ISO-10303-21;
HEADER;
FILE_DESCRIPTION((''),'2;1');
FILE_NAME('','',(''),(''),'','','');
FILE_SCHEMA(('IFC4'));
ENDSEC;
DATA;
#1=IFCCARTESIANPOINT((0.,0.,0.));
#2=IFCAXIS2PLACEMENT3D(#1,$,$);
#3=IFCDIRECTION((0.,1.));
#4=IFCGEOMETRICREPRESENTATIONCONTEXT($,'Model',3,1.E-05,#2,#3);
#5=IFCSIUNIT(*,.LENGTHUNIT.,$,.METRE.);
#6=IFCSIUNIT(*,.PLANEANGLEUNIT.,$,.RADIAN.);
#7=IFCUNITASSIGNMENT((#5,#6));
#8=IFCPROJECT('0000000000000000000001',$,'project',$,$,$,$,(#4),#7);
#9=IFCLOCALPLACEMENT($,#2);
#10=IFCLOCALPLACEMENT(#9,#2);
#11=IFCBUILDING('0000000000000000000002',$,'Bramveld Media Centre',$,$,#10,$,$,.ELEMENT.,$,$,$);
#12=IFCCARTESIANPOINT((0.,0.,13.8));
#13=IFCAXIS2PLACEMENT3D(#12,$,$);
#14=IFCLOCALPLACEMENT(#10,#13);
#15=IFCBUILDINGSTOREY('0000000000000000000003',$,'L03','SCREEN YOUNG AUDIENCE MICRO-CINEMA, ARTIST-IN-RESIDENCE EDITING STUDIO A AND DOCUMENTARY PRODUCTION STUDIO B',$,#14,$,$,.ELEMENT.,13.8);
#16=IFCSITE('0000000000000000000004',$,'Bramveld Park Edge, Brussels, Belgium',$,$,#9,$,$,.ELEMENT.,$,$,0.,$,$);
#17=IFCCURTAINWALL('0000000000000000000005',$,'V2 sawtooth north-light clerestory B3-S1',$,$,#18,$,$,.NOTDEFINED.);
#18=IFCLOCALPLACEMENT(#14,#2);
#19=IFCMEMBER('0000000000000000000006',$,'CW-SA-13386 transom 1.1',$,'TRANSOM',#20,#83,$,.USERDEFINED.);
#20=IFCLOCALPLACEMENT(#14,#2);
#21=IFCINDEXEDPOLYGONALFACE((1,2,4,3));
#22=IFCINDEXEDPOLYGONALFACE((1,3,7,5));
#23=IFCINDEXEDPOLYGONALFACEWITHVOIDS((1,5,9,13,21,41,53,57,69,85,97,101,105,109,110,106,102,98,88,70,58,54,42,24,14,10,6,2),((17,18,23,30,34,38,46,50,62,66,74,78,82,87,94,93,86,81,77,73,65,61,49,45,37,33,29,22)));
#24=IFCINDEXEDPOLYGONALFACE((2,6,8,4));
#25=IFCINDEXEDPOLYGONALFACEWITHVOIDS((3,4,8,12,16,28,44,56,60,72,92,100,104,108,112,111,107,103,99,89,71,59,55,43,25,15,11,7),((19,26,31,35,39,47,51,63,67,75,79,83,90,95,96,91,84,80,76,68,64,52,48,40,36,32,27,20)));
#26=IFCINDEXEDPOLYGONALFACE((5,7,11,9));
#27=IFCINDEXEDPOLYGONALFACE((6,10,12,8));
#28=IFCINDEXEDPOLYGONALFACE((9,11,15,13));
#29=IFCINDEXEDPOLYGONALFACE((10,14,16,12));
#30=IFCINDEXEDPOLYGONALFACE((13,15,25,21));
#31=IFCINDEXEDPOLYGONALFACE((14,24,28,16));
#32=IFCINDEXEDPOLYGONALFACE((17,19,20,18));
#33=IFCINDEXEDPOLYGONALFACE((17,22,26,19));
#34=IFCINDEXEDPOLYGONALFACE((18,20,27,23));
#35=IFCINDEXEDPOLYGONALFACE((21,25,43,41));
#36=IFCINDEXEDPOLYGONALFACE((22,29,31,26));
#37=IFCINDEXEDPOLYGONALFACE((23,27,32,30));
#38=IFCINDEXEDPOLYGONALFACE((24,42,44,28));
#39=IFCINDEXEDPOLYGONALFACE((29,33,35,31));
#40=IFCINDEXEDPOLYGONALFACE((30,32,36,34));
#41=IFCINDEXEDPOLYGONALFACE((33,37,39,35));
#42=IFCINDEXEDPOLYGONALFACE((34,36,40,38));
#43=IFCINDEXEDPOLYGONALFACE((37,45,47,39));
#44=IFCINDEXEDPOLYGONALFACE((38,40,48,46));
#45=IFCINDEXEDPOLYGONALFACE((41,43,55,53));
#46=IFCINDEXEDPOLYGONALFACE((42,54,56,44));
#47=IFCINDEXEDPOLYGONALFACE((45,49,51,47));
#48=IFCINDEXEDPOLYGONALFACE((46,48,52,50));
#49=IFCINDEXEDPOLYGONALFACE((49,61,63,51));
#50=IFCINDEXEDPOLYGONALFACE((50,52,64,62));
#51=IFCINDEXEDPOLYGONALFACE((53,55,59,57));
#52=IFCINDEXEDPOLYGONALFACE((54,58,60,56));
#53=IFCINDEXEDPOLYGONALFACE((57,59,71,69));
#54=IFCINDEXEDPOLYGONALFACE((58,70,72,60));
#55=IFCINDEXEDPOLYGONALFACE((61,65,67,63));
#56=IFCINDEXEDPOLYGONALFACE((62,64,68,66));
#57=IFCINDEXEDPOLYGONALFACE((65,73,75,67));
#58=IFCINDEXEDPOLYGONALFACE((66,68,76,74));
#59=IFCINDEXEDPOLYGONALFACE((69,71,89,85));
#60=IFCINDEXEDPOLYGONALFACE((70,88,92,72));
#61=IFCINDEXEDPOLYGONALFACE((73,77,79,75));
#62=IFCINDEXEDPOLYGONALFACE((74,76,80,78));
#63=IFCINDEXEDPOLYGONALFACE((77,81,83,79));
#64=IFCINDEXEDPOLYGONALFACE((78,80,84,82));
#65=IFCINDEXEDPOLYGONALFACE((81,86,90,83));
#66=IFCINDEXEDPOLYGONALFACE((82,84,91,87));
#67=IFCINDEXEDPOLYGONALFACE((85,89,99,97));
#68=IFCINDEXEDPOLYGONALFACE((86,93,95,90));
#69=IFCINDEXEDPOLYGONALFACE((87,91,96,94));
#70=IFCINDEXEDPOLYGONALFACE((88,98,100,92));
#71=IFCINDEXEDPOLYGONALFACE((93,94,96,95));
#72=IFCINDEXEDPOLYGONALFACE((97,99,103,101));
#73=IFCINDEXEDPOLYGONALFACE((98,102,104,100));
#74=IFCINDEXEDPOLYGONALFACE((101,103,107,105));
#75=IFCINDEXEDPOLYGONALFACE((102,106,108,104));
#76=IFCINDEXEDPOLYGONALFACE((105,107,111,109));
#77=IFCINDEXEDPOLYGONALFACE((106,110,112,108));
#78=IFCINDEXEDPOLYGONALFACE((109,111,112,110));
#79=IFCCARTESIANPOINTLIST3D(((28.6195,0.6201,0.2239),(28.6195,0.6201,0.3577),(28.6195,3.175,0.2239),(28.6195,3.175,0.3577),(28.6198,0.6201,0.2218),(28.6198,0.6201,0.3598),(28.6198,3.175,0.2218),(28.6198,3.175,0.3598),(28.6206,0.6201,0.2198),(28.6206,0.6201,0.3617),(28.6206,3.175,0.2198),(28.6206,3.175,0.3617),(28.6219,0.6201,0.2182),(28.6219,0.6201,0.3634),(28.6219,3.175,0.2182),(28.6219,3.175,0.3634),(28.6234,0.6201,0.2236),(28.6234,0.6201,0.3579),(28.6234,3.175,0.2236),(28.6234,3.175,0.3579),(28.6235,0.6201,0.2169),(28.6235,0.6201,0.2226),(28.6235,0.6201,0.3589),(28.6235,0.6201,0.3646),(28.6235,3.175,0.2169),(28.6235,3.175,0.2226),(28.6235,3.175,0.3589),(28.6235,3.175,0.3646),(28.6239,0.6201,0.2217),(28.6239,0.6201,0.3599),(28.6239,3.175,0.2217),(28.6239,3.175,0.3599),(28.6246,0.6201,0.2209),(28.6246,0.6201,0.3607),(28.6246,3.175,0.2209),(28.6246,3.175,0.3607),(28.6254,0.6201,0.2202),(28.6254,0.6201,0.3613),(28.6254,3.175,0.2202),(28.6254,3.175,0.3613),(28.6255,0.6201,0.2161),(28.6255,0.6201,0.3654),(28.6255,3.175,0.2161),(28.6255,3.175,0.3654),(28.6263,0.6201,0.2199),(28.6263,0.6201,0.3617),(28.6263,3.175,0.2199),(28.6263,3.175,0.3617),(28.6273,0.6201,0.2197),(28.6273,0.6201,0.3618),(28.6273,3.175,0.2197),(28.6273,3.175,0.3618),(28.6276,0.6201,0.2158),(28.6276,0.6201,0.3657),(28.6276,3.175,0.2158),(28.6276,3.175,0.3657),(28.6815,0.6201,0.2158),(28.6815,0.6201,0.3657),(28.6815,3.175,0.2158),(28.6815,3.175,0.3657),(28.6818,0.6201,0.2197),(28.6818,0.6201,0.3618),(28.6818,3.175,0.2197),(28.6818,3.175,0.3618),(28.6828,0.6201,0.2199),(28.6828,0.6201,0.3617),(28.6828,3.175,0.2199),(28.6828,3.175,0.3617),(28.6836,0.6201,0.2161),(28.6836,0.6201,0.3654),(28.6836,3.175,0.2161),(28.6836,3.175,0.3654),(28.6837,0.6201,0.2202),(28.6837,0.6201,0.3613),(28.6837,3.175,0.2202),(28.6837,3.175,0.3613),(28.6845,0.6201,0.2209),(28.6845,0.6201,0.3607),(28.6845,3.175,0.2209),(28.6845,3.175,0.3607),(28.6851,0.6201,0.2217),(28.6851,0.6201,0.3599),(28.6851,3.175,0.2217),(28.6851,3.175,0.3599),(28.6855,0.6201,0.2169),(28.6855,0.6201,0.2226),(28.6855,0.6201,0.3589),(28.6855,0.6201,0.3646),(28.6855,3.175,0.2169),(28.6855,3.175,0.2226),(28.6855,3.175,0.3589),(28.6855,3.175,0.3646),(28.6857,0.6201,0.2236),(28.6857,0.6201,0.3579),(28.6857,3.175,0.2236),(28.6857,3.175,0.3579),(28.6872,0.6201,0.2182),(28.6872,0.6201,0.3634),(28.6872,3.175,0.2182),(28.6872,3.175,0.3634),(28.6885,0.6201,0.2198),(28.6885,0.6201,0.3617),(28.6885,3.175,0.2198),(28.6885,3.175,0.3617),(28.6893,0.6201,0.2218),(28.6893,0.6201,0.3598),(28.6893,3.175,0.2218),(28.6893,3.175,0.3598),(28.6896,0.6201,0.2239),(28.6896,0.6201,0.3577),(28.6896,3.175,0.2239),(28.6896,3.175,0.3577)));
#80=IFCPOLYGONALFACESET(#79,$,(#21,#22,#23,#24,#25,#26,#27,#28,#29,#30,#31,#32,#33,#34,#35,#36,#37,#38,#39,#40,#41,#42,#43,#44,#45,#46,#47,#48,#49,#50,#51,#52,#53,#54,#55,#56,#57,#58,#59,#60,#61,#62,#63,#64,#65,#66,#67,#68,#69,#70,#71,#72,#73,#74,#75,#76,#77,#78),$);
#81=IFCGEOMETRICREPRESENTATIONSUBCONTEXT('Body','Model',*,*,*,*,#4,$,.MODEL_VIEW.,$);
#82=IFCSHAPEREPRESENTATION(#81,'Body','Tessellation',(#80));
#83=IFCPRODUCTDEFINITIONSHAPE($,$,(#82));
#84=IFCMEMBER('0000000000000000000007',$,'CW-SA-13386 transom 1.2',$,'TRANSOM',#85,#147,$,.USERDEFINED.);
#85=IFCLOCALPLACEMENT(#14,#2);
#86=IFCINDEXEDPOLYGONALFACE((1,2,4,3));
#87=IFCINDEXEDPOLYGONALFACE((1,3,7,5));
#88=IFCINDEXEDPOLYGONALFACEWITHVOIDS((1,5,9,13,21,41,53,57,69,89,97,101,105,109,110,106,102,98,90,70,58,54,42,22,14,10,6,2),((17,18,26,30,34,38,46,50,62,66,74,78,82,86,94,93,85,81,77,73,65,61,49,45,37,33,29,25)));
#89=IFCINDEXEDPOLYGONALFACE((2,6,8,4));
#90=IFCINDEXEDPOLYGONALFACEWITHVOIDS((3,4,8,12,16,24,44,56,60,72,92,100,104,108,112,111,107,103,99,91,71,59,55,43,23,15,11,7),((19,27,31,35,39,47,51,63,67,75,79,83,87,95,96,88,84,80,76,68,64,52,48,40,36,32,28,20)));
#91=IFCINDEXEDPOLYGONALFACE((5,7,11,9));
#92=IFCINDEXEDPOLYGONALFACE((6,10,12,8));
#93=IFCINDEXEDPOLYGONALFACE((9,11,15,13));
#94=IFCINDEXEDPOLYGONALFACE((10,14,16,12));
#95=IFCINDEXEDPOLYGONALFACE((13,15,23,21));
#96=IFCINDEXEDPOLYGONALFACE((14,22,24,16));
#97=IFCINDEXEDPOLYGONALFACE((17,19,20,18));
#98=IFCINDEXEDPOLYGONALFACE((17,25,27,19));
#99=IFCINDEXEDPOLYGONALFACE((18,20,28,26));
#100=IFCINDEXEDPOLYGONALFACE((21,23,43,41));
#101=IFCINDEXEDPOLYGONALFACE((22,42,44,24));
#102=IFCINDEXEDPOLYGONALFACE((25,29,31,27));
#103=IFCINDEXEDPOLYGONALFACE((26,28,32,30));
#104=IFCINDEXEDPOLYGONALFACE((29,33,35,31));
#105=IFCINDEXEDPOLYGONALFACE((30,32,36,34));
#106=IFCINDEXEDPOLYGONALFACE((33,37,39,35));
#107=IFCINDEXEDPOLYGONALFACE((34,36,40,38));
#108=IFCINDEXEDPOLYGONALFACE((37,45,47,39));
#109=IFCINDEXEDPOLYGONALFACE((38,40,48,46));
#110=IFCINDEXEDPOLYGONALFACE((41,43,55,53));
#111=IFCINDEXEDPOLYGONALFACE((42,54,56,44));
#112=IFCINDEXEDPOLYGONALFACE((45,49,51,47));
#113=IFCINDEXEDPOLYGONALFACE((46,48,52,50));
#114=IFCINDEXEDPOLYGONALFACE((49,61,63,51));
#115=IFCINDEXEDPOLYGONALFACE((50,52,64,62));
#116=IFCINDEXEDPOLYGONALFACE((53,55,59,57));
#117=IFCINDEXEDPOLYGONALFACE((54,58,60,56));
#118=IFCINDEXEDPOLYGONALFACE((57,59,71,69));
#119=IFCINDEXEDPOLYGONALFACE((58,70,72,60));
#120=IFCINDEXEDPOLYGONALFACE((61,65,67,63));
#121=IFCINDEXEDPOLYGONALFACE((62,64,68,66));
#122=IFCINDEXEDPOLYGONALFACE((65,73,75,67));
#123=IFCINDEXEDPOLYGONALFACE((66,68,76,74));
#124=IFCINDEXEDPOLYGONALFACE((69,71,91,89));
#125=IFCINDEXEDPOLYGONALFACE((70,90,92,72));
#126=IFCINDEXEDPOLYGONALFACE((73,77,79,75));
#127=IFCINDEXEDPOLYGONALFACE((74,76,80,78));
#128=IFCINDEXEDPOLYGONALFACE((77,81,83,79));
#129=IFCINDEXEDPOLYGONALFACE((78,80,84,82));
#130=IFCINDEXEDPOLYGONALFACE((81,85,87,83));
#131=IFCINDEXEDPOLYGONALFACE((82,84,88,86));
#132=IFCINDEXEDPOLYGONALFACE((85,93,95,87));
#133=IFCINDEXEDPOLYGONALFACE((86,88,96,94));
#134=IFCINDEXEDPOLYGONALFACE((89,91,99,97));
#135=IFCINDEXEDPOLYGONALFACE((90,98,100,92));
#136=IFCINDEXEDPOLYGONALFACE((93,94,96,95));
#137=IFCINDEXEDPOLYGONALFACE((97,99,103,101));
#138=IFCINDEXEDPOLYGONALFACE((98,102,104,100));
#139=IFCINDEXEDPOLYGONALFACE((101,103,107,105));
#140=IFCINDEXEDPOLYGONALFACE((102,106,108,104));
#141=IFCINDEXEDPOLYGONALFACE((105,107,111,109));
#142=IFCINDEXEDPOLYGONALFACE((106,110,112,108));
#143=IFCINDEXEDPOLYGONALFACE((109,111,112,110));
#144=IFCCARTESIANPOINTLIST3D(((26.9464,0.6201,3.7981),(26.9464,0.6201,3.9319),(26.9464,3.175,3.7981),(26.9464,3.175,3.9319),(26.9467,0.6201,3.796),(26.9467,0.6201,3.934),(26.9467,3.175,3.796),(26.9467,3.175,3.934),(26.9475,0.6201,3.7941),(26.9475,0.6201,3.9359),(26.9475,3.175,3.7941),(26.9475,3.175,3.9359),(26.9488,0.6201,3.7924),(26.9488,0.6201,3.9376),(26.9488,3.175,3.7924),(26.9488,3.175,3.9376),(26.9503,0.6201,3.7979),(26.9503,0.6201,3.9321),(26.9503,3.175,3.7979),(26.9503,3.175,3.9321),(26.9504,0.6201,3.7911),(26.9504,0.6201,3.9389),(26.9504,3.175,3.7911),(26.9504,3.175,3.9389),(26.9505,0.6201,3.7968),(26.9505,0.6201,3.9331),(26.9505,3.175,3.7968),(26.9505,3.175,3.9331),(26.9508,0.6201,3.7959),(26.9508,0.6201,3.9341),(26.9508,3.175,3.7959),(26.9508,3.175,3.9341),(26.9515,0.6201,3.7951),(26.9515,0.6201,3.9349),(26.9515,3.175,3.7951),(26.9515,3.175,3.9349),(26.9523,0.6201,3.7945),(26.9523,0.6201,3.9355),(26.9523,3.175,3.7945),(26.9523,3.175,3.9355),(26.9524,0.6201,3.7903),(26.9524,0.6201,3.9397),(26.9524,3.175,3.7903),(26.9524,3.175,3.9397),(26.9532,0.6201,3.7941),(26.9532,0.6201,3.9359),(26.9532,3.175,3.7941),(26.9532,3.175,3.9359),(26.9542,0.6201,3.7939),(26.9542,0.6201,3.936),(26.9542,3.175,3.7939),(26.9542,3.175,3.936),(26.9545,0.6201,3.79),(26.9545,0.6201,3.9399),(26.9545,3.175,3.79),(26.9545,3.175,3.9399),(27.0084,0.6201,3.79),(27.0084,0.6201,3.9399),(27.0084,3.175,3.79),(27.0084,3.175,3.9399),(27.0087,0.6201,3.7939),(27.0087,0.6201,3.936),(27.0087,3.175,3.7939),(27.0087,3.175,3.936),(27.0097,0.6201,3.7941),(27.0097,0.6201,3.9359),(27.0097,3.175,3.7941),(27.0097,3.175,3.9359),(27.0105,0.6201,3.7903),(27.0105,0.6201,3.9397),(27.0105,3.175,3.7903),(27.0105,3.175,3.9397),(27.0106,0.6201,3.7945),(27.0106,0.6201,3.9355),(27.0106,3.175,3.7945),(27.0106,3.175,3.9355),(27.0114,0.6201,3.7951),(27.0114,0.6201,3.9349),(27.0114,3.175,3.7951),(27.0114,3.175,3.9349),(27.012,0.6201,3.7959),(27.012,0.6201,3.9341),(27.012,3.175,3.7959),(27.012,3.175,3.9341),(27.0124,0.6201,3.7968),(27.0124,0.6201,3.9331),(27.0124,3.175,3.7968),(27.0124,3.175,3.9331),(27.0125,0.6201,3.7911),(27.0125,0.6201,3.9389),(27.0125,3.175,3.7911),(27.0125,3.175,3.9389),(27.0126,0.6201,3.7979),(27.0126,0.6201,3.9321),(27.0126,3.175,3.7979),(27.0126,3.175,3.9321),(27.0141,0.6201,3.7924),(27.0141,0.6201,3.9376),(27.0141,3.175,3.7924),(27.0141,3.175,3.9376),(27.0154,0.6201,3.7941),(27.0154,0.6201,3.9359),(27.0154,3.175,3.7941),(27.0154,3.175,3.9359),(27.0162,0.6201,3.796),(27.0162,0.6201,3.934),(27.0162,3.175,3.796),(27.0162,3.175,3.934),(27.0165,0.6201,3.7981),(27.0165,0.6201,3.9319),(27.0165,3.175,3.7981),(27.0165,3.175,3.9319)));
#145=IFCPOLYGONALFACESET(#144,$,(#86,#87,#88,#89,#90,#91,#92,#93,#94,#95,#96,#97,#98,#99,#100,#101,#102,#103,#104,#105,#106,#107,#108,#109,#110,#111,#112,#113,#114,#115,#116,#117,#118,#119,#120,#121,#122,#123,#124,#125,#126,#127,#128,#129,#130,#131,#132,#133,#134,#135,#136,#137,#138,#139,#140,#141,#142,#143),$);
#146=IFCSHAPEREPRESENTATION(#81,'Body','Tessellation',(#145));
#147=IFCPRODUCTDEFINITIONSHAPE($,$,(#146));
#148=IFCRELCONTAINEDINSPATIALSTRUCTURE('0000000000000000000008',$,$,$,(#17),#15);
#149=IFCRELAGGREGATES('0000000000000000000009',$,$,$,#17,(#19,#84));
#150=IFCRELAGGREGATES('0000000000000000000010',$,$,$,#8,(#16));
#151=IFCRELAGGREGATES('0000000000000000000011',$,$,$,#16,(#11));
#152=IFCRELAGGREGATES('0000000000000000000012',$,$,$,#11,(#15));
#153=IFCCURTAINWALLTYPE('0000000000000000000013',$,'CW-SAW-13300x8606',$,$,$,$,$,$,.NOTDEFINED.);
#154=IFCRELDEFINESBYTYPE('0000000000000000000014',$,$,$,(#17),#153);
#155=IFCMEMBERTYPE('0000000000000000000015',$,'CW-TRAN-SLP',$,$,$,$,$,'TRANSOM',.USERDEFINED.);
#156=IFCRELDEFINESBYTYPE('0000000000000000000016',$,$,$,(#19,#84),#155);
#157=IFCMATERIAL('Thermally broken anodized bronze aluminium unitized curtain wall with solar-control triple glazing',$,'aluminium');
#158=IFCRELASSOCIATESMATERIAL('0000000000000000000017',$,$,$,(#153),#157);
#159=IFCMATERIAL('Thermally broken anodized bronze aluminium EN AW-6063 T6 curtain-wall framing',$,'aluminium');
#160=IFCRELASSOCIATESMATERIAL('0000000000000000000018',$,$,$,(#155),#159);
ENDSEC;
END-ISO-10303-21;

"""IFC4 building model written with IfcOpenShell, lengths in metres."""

from ifc_helpers import new_model, si_unit, direction, frame, origin, origin_2d, place, context, subcontext, project, spatial, hollow_rectangle, extrude, material, material_profile, profile_set, type_object, element, aggregate, save


model = new_model("IFC4")

# Units and contexts
model_context = context("Model", 3, precision=1e-05, world=origin(), true_north=direction((0.0, 1.0)))
body_context = subcontext(model_context, "Body", "Model", "MODEL_VIEW")
ifc_project = project(units=[si_unit("LENGTHUNIT", "METRE"), si_unit("PLANEANGLEUNIT", "RADIAN")], contexts=[model_context])

# Site, building, storey
site_placement = place(None, origin())
site = spatial("IfcSite", under=ifc_project, at=site_placement, Name="Bramveld Park Edge, Brussels, Belgium", CompositionType="ELEMENT", RefElevation=0.0)
building_placement = place(site_placement, origin())
building = spatial("IfcBuilding", under=site, at=building_placement, Name="Bramveld Media Centre", CompositionType="ELEMENT")
storey_placement = place(building_placement, frame((0.0, 0.0, 13.8)))
storey = spatial("IfcBuildingStorey", under=building, at=storey_placement, Name="L03", Description="SCREEN YOUNG AUDIENCE MICRO-CINEMA, ARTIST-IN-RESIDENCE EDITING STUDIO A AND DOCUMENTARY PRODUCTION STUDIO B", CompositionType="ELEMENT", Elevation=13.8)

# Curtain wall, members
ifc_material_1 = material(Name="Thermally broken anodized bronze aluminium unitized curtain wall with solar-control triple glazing", Category="aluminium")
curtain_wall_type = type_object("IfcCurtainWallType", Name="CW-SAW-13300x8606", PredefinedType="NOTDEFINED", material=ifc_material_1)
curtain_wall_placement = place(storey_placement, origin())
curtain_wall = element("IfcCurtainWall", 1, at=curtain_wall_placement, inside=storey, type_object=curtain_wall_type, Name="V2 sawtooth north-light clerestory B3-S1", PredefinedType="NOTDEFINED")
ifc_material_2 = material(Name="Thermally broken anodized bronze aluminium EN AW-6063 T6 curtain-wall framing", Category="aluminium")
ifc_material_profile_1 = material_profile(ifc_material_2, hollow_rectangle(XDim=0.0701, YDim=0.1499, WallThickness=0.0039, InnerFilletRadius=0.0039, OuterFilletRadius=0.0081, at=origin_2d()), Name="AL-TRAN 70x150")
ifc_profile_set_1 = profile_set([ifc_material_profile_1], Name="Thermally broken anodized bronze aluminium EN AW-6063 T6 curtain-wall framing")
member_type = type_object("IfcMemberType", Name="CW-TRAN-SLP", ElementType="TRANSOM", PredefinedType="USERDEFINED", material=ifc_profile_set_1)
member_1_placement = place(storey_placement, frame((28.6545, 0.6201, 0.2908), z_axis=(0.0, 1.0, 0.0), x_axis=(-1.0, 0.0, 0.0)))
member_1 = element("IfcMember", 2, at=member_1_placement, type_object=member_type, Name="CW-SA-13386 transom 1.1", ObjectType="TRANSOM", PredefinedType="USERDEFINED", context=body_context, shape_type="SweptSolid", body=[
    extrude(hollow_rectangle(XDim=0.0701, YDim=0.1499, WallThickness=0.0039, InnerFilletRadius=0.0039, OuterFilletRadius=0.0081, at=origin_2d()), origin(), (0.0, 0.0, 1.0), 2.5549),
])
member_2_placement = place(storey_placement, frame((26.9814, 0.6201, 3.865), z_axis=(0.0, 1.0, 0.0), x_axis=(-1.0, 0.0, 0.0)))
member_2 = element("IfcMember", 3, at=member_2_placement, type_object=member_type, Name="CW-SA-13386 transom 1.2", ObjectType="TRANSOM", PredefinedType="USERDEFINED", context=body_context, shape_type="SweptSolid", body=[
    extrude(hollow_rectangle(XDim=0.0701, YDim=0.1499, WallThickness=0.0039, InnerFilletRadius=0.0039, OuterFilletRadius=0.0081, at=origin_2d()), origin(), (0.0, 0.0, 1.0), 2.5549),
])

aggregate(curtain_wall, [member_1, member_2])

save(model, "model.ifc")
